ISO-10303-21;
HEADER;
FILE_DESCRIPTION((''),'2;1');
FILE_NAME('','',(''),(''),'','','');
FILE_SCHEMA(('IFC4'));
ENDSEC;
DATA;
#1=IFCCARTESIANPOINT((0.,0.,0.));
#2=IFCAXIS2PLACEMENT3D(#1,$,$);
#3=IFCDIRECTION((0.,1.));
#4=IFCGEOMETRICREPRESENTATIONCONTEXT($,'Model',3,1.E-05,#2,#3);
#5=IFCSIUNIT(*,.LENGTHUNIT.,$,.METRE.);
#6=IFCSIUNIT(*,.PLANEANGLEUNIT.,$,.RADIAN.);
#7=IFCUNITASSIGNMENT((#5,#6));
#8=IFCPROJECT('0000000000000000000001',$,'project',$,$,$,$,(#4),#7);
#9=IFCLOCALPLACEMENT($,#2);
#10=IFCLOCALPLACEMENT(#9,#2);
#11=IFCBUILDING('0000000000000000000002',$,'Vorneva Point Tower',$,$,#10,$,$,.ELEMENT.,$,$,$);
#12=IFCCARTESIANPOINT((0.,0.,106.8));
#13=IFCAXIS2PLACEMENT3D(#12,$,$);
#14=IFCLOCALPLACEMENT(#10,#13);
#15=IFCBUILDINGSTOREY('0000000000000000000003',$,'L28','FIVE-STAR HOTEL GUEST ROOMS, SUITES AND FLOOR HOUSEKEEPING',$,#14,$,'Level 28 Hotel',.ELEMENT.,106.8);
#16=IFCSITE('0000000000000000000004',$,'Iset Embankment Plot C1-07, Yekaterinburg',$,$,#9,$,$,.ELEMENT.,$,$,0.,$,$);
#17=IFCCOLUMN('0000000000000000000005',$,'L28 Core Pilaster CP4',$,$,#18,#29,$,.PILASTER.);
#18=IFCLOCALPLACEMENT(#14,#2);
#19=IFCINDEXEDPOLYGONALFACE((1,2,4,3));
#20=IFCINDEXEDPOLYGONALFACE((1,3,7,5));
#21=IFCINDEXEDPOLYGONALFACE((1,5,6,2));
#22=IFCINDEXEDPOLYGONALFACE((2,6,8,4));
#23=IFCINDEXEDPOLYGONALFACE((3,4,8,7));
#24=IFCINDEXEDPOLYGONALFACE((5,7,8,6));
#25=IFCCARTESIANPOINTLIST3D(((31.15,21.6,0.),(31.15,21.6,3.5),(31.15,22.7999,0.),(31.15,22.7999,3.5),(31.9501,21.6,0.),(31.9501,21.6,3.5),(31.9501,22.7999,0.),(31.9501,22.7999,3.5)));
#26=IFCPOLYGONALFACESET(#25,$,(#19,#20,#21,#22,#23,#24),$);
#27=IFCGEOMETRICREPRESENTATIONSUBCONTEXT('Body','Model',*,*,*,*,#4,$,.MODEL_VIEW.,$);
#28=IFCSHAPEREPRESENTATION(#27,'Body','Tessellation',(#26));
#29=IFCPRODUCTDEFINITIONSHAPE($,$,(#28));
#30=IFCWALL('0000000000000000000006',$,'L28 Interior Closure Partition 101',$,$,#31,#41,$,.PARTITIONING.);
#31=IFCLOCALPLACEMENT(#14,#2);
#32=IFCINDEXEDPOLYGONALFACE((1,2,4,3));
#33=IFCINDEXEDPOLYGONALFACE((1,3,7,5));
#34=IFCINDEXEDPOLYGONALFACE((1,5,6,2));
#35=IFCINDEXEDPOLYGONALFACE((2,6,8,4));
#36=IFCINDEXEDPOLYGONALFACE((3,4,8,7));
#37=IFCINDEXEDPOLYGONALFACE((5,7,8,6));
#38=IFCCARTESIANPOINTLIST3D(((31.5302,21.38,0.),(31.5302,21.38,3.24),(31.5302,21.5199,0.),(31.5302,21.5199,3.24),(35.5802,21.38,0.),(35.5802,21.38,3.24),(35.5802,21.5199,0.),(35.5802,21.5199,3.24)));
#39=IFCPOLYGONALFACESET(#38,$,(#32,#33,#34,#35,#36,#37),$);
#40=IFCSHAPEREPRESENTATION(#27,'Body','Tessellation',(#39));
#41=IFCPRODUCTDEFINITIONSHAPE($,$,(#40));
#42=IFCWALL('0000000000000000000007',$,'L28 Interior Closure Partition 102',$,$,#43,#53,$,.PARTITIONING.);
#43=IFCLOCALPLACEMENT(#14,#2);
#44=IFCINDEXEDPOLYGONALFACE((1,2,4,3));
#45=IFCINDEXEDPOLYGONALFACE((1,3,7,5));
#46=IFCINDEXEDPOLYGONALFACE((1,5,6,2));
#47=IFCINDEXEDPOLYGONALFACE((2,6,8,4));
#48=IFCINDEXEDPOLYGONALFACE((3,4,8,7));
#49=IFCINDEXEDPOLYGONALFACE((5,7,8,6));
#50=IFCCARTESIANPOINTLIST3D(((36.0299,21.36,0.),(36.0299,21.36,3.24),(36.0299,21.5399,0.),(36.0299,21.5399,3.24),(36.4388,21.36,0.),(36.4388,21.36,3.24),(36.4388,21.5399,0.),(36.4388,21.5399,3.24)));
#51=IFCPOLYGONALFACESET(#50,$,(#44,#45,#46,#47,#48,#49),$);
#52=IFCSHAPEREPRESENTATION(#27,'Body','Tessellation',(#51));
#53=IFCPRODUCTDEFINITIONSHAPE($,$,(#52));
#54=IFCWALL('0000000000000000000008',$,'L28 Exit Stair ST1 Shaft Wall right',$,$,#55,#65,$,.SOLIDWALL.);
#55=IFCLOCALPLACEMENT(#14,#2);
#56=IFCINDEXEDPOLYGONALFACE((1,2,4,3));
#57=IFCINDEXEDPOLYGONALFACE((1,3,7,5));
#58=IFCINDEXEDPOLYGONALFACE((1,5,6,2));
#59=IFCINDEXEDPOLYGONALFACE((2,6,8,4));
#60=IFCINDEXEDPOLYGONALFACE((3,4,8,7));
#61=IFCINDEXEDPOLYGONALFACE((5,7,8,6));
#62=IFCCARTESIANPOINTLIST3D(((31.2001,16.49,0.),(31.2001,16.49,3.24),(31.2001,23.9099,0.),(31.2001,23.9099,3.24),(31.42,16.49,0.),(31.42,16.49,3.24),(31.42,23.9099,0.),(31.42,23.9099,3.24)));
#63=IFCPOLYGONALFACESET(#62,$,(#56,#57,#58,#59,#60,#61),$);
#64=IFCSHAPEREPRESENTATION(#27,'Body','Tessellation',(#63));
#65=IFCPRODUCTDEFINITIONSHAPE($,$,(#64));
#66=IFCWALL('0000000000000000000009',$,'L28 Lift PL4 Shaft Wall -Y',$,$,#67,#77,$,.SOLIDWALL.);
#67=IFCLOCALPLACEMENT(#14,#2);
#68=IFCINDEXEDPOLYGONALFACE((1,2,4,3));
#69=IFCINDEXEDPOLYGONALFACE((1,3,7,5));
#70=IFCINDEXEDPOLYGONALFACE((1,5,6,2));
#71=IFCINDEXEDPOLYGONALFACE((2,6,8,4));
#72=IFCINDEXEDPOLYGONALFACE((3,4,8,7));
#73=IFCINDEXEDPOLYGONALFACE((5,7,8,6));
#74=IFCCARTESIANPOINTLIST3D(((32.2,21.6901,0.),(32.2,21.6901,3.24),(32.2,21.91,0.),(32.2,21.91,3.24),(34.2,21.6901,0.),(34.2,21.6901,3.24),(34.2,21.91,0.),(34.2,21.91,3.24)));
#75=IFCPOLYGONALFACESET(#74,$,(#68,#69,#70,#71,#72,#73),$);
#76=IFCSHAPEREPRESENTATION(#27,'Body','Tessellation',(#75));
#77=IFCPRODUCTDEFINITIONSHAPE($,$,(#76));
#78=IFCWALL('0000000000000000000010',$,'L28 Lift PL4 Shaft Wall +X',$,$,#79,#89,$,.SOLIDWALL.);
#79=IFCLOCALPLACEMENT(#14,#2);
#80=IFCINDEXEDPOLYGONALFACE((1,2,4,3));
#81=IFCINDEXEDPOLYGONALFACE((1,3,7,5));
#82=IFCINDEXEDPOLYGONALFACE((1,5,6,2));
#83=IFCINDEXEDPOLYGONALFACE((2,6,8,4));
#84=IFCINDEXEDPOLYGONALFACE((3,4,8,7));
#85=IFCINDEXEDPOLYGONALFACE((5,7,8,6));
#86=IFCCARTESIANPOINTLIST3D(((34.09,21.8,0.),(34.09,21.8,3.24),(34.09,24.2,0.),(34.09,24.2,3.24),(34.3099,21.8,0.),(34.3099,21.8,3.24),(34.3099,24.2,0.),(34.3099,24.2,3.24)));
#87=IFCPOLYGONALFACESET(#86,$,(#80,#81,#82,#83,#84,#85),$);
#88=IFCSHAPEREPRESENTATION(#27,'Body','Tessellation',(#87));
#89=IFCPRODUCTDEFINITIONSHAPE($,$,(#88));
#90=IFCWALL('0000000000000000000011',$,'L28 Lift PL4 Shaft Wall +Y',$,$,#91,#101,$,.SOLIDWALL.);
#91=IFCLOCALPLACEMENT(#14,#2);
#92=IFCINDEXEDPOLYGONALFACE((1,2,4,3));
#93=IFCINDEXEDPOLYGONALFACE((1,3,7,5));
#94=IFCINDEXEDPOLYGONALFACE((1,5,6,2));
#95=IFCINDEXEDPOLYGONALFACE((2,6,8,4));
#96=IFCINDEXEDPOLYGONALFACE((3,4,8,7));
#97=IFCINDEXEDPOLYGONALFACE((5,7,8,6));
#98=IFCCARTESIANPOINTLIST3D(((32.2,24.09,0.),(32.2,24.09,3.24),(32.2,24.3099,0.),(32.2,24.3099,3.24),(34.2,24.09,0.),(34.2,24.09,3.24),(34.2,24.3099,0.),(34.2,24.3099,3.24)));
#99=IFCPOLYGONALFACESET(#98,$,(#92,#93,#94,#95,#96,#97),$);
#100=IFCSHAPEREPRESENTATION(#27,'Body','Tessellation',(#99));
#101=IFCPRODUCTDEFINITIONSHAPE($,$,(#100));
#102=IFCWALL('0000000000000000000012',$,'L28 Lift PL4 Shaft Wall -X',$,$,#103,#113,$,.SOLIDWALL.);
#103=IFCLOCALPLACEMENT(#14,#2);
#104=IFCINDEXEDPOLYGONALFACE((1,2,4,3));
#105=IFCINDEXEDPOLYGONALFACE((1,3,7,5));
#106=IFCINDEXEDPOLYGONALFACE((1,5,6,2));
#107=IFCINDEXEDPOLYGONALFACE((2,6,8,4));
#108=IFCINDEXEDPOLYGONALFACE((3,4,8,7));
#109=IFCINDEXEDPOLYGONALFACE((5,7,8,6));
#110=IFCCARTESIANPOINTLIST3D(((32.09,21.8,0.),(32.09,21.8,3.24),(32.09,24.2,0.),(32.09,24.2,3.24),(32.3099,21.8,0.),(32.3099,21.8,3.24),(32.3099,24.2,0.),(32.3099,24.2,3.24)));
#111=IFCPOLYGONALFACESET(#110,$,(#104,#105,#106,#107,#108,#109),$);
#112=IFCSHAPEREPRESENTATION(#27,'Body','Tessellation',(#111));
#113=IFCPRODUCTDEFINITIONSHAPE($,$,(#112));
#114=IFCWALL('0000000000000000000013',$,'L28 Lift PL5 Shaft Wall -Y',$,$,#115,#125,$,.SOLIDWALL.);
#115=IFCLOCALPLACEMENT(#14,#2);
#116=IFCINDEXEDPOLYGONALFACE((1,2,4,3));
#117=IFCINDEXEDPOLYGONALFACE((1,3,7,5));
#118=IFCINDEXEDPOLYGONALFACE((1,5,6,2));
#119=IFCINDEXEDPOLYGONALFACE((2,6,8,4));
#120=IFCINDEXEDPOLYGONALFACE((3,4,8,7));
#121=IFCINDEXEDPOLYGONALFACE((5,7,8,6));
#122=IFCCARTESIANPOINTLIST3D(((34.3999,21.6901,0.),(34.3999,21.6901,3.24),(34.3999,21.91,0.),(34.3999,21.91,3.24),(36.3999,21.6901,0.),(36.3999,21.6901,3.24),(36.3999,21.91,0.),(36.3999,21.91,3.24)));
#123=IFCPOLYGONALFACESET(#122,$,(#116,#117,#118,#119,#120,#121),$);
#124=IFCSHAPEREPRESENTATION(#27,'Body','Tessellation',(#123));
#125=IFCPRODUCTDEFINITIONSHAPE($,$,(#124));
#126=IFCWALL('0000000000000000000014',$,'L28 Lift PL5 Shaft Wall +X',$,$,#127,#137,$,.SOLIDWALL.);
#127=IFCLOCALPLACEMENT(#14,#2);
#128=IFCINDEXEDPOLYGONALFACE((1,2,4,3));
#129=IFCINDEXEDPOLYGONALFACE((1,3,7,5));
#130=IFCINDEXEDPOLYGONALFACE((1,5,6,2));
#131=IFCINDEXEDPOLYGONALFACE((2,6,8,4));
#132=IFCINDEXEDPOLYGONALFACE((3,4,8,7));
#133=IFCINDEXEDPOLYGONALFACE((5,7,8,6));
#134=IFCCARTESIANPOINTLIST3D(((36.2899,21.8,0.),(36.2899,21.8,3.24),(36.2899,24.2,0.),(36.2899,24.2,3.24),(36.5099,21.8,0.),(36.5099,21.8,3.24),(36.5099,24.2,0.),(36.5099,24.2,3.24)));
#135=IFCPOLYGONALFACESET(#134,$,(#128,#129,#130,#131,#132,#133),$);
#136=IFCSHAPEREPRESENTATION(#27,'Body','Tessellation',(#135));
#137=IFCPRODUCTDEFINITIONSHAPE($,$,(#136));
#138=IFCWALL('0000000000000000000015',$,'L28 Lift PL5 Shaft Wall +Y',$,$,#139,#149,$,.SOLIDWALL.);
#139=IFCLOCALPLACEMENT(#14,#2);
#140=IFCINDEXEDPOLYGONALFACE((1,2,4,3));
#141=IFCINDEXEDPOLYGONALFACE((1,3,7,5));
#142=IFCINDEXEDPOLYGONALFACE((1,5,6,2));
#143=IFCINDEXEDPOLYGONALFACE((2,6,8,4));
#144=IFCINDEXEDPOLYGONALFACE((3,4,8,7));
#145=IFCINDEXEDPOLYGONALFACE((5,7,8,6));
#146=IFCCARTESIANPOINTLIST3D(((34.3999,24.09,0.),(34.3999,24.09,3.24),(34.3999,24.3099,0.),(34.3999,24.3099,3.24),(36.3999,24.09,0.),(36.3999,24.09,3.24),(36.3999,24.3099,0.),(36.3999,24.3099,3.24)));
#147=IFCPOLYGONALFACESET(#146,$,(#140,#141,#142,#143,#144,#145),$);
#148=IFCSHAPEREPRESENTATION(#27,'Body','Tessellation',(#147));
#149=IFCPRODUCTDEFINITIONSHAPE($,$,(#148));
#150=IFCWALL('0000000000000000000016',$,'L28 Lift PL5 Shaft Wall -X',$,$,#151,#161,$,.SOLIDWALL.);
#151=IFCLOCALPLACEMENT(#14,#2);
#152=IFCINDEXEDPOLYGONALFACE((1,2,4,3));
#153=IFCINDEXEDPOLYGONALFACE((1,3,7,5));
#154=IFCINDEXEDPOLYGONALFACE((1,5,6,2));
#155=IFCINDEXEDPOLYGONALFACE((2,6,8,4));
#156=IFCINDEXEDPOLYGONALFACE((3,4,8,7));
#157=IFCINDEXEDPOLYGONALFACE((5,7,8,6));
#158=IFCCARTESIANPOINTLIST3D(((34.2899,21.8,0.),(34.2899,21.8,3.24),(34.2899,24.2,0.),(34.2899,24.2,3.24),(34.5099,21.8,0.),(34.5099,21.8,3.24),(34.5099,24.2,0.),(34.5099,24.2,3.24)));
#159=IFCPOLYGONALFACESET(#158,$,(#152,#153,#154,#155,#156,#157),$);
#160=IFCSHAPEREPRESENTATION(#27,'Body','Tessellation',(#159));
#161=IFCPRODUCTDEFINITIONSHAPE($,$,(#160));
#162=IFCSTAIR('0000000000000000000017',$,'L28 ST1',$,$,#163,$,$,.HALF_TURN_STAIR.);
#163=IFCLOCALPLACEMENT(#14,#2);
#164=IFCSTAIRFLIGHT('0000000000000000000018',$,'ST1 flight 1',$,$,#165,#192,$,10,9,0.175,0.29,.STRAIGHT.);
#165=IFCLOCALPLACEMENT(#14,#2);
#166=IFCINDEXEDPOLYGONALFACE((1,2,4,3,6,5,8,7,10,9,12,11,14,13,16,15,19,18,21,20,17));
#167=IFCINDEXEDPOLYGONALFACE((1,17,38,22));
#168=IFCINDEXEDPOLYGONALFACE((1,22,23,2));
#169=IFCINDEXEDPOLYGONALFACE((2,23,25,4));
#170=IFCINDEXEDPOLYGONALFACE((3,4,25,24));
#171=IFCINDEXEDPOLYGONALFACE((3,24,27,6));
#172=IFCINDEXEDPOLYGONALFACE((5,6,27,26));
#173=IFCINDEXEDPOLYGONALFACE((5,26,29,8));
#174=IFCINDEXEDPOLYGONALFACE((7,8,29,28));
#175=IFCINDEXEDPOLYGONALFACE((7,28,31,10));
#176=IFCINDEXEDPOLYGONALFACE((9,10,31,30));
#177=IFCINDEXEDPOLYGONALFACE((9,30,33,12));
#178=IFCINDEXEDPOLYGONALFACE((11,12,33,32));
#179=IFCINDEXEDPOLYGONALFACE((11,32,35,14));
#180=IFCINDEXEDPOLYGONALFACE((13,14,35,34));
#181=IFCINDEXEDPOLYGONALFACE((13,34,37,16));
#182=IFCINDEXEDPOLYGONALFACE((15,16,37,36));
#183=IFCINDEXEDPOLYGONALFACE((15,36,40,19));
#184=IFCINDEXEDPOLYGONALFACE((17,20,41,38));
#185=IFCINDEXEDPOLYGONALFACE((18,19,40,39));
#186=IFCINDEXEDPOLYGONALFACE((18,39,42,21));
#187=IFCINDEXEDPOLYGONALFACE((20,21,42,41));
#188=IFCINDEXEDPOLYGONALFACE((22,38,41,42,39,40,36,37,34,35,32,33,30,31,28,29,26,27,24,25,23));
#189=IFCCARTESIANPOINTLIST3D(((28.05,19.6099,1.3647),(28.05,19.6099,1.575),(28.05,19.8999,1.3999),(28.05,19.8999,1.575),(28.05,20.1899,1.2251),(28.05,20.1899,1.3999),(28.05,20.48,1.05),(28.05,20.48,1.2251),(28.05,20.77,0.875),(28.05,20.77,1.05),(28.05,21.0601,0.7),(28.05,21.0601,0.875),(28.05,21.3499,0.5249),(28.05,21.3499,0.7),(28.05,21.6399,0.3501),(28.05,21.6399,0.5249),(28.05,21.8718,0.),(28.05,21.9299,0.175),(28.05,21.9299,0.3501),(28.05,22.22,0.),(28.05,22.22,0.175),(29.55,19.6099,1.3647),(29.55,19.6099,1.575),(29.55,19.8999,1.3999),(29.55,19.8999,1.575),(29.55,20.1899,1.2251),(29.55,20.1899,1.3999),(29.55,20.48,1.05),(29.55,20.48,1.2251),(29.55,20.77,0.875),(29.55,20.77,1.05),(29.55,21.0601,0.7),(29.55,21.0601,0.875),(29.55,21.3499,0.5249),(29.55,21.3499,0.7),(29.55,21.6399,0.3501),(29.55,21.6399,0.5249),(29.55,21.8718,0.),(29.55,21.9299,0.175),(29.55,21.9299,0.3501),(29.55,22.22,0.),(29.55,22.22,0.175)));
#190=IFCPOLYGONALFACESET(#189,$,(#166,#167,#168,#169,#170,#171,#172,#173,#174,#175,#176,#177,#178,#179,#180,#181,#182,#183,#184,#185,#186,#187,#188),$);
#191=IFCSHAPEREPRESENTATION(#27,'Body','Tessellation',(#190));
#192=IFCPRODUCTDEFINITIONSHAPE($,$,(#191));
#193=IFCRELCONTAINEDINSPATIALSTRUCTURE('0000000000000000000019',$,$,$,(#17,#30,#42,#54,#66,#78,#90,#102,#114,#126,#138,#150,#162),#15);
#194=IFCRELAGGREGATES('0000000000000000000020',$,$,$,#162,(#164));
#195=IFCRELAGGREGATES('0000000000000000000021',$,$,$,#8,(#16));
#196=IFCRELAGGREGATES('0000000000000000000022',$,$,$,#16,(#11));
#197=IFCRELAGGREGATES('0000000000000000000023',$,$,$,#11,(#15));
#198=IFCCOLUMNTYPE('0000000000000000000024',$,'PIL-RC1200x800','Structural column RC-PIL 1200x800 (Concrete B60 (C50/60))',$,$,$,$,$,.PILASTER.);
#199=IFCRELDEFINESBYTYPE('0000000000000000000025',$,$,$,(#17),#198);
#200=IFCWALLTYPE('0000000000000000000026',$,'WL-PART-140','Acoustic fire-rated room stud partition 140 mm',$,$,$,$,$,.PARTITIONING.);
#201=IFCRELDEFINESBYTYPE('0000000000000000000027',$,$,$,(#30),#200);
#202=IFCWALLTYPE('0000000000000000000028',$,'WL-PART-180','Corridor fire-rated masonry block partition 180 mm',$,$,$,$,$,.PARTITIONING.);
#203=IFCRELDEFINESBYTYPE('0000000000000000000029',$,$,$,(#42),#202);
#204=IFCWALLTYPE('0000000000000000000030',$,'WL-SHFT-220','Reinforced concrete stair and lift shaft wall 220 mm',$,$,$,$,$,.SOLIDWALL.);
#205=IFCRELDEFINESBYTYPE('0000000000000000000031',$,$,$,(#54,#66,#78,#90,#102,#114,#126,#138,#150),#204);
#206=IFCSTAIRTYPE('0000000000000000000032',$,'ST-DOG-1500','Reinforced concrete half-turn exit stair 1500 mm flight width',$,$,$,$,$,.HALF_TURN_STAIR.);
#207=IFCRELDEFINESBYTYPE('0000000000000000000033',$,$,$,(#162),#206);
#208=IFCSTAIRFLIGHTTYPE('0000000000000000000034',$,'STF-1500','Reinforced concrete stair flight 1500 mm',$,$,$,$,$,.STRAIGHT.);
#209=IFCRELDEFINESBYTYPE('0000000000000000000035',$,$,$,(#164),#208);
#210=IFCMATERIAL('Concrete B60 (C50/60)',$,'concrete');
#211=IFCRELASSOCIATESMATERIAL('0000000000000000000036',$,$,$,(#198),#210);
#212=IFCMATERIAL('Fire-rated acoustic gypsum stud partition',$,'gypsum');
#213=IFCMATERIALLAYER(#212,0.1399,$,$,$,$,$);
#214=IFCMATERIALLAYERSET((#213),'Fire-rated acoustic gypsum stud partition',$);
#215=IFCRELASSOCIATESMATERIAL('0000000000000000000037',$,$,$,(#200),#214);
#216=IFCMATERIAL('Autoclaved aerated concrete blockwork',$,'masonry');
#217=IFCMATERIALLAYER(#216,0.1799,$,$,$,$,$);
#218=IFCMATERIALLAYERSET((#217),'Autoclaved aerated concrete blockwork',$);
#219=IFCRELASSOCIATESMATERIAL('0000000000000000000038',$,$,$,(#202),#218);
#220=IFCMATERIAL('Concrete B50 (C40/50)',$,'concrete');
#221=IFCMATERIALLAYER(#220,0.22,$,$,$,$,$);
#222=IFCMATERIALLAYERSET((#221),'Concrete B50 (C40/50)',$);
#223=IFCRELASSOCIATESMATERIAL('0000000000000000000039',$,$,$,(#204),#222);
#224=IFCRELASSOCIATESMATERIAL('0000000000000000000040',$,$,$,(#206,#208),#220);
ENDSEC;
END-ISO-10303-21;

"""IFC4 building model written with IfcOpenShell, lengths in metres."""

from ifc_helpers import new_model, si_unit, direction, frame, frame_2d, origin, origin_2d, place, context, subcontext, project, spatial, polyline, rectangle, outline, extrude, material, layer, layer_set, material_profile, profile_set, type_object, element, aggregate, save


model = new_model("IFC4")

# Units and contexts
model_context = context("Model", 3, precision=1e-05, world=origin(), true_north=direction((0.0, 1.0)))
body_context = subcontext(model_context, "Body", "Model", "MODEL_VIEW")
ifc_project = project(units=[si_unit("LENGTHUNIT", "METRE"), si_unit("PLANEANGLEUNIT", "RADIAN")], contexts=[model_context])

# Site, building, storey
site_placement = place(None, origin())
site = spatial("IfcSite", under=ifc_project, at=site_placement, Name="Iset Embankment Plot C1-07, Yekaterinburg", CompositionType="ELEMENT", RefElevation=0.0)
building_placement = place(site_placement, origin())
building = spatial("IfcBuilding", under=site, at=building_placement, Name="Vorneva Point Tower", CompositionType="ELEMENT")
storey_placement = place(building_placement, frame((0.0, 0.0, 106.8)))
storey = spatial("IfcBuildingStorey", under=building, at=storey_placement, Name="L28", Description="FIVE-STAR HOTEL GUEST ROOMS, SUITES AND FLOOR HOUSEKEEPING", LongName="Level 28 Hotel", CompositionType="ELEMENT", Elevation=106.8)

# Column
ifc_material_1 = material(Name="Concrete B60 (C50/60)", Category="concrete")
ifc_material_profile = material_profile(ifc_material_1, rectangle(XDim=0.8, YDim=1.2, at=origin_2d()), Name="RC-PIL 1200x800")
ifc_profile_set = profile_set([ifc_material_profile], Name="Concrete B60 (C50/60)")
column_type = type_object("IfcColumnType", Name="PIL-RC1200x800", Description="Structural column RC-PIL 1200x800 (Concrete B60 (C50/60))", PredefinedType="PILASTER", material=ifc_profile_set)
column_placement = place(storey_placement, frame((31.55, 22.2, 0.0), z_axis=(0.0, 0.0, 1.0), x_axis=(1.0, 0.0, 0.0)))
element("IfcColumn", 1, at=column_placement, inside=storey, type_object=column_type, Name="L28 Core Pilaster CP4", PredefinedType="PILASTER", context=body_context, shape_type="SweptSolid", body=[
    extrude(rectangle(XDim=0.8, YDim=1.2, at=origin_2d()), origin(), (0.0, 0.0, 1.0), 3.5),
])

# Wall
ifc_material_2 = material(Name="Fire-rated acoustic gypsum stud partition", Category="gypsum")
ifc_layer_1 = layer(ifc_material_2, 0.1399)
ifc_layer_set_1 = layer_set([ifc_layer_1], Name="Fire-rated acoustic gypsum stud partition")
wall_type_1 = type_object("IfcWallType", Name="WL-PART-140", Description="Acoustic fire-rated room stud partition 140 mm", PredefinedType="PARTITIONING", material=ifc_layer_set_1)
wall_1_placement = place(storey_placement, frame((35.5801, 21.45, 0.0), z_axis=(0.0, 0.0, 1.0), x_axis=(-1.0, 0.0, 0.0)))
element("IfcWall", 2, at=wall_1_placement, inside=storey, type_object=wall_type_1, Name="L28 Interior Closure Partition 101", PredefinedType="PARTITIONING", context=body_context, shape_type="SweptSolid", body=[
    extrude(rectangle(XDim=4.05, YDim=0.1399, at=frame_2d((2.0249, 0.0))), origin(), (0.0, 0.0, 1.0), 3.24),
])

# Shared definitions
ifc_material_3 = material(Name="Autoclaved aerated concrete blockwork", Category="masonry")
ifc_layer_2 = layer(ifc_material_3, 0.1799)
ifc_layer_set_2 = layer_set([ifc_layer_2], Name="Autoclaved aerated concrete blockwork")
wall_type_2 = type_object("IfcWallType", Name="WL-PART-180", Description="Corridor fire-rated masonry block partition 180 mm", PredefinedType="PARTITIONING", material=ifc_layer_set_2)

# Wall
wall_2_placement = place(storey_placement, frame((36.439, 21.45, 0.0), z_axis=(0.0, 0.0, 1.0), x_axis=(-1.0, 0.0, 0.0)))
element("IfcWall", 3, at=wall_2_placement, inside=storey, type_object=wall_type_2, Name="L28 Interior Closure Partition 102", PredefinedType="PARTITIONING", context=body_context, shape_type="SweptSolid", body=[
    extrude(rectangle(XDim=0.4089, YDim=0.1799, at=frame_2d((0.2046, 0.0))), origin(), (0.0, 0.0, 1.0), 3.24),
])

# Shared definitions
ifc_material_4 = material(Name="Concrete B50 (C40/50)", Category="concrete")
ifc_layer_3 = layer(ifc_material_4, 0.22)
ifc_layer_set_3 = layer_set([ifc_layer_3], Name="Concrete B50 (C40/50)")
wall_type_3 = type_object("IfcWallType", Name="WL-SHFT-220", Description="Reinforced concrete stair and lift shaft wall 220 mm", PredefinedType="SOLIDWALL", material=ifc_layer_set_3)

# Walls
wall_3_placement = place(storey_placement, frame((31.3101, 23.9099, 0.0), z_axis=(0.0, 0.0, 1.0), x_axis=(0.0, -1.0, 0.0)))
element("IfcWall", 4, at=wall_3_placement, inside=storey, type_object=wall_type_3, Name="L28 Exit Stair ST1 Shaft Wall right", PredefinedType="SOLIDWALL", context=body_context, shape_type="SweptSolid", body=[
    extrude(rectangle(XDim=7.4199, YDim=0.22, at=frame_2d((3.71, 0.0))), origin(), (0.0, 0.0, 1.0), 3.24),
])
wall_4_placement = place(storey_placement, frame((32.2, 21.8, 0.0), z_axis=(0.0, 0.0, 1.0), x_axis=(1.0, 0.0, 0.0)))
element("IfcWall", 5, at=wall_4_placement, inside=storey, type_object=wall_type_3, Name="L28 Lift PL4 Shaft Wall -Y", PredefinedType="SOLIDWALL", context=body_context, shape_type="SweptSolid", body=[
    extrude(rectangle(XDim=2.0, YDim=0.22, at=frame_2d((1.0, 0.0))), origin(), (0.0, 0.0, 1.0), 3.24),
])
wall_5_placement = place(storey_placement, frame((34.2, 21.8, 0.0), z_axis=(0.0, 0.0, 1.0), x_axis=(0.0, 1.0, 0.0)))
element("IfcWall", 6, at=wall_5_placement, inside=storey, type_object=wall_type_3, Name="L28 Lift PL4 Shaft Wall +X", PredefinedType="SOLIDWALL", context=body_context, shape_type="SweptSolid", body=[
    extrude(rectangle(XDim=2.3999, YDim=0.22, at=frame_2d((1.2, 0.0))), origin(), (0.0, 0.0, 1.0), 3.24),
])
wall_6_placement = place(storey_placement, frame((34.2, 24.2, 0.0), z_axis=(0.0, 0.0, 1.0), x_axis=(-1.0, 0.0, 0.0)))
element("IfcWall", 7, at=wall_6_placement, inside=storey, type_object=wall_type_3, Name="L28 Lift PL4 Shaft Wall +Y", PredefinedType="SOLIDWALL", context=body_context, shape_type="SweptSolid", body=[
    extrude(rectangle(XDim=2.0, YDim=0.22, at=frame_2d((1.0, 0.0))), origin(), (0.0, 0.0, 1.0), 3.24),
])
wall_7_placement = place(storey_placement, frame((32.2, 24.2, 0.0), z_axis=(0.0, 0.0, 1.0), x_axis=(0.0, -1.0, 0.0)))
element("IfcWall", 8, at=wall_7_placement, inside=storey, type_object=wall_type_3, Name="L28 Lift PL4 Shaft Wall -X", PredefinedType="SOLIDWALL", context=body_context, shape_type="SweptSolid", body=[
    extrude(rectangle(XDim=2.3999, YDim=0.22, at=frame_2d((1.2, 0.0))), origin(), (0.0, 0.0, 1.0), 3.24),
])
wall_8_placement = place(storey_placement, frame((34.3999, 21.8, 0.0), z_axis=(0.0, 0.0, 1.0), x_axis=(1.0, 0.0, 0.0)))
element("IfcWall", 9, at=wall_8_placement, inside=storey, type_object=wall_type_3, Name="L28 Lift PL5 Shaft Wall -Y", PredefinedType="SOLIDWALL", context=body_context, shape_type="SweptSolid", body=[
    extrude(rectangle(XDim=2.0, YDim=0.22, at=frame_2d((1.0, 0.0))), origin(), (0.0, 0.0, 1.0), 3.24),
])
wall_9_placement = place(storey_placement, frame((36.3999, 21.8, 0.0), z_axis=(0.0, 0.0, 1.0), x_axis=(0.0, 1.0, 0.0)))
element("IfcWall", 10, at=wall_9_placement, inside=storey, type_object=wall_type_3, Name="L28 Lift PL5 Shaft Wall +X", PredefinedType="SOLIDWALL", context=body_context, shape_type="SweptSolid", body=[
    extrude(rectangle(XDim=2.3999, YDim=0.22, at=frame_2d((1.2, 0.0))), origin(), (0.0, 0.0, 1.0), 3.24),
])
wall_10_placement = place(storey_placement, frame((36.3999, 24.2, 0.0), z_axis=(0.0, 0.0, 1.0), x_axis=(-1.0, 0.0, 0.0)))
element("IfcWall", 11, at=wall_10_placement, inside=storey, type_object=wall_type_3, Name="L28 Lift PL5 Shaft Wall +Y", PredefinedType="SOLIDWALL", context=body_context, shape_type="SweptSolid", body=[
    extrude(rectangle(XDim=2.0, YDim=0.22, at=frame_2d((1.0, 0.0))), origin(), (0.0, 0.0, 1.0), 3.24),
])
wall_11_placement = place(storey_placement, frame((34.3999, 24.2, 0.0), z_axis=(0.0, 0.0, 1.0), x_axis=(0.0, -1.0, 0.0)))
element("IfcWall", 12, at=wall_11_placement, inside=storey, type_object=wall_type_3, Name="L28 Lift PL5 Shaft Wall -X", PredefinedType="SOLIDWALL", context=body_context, shape_type="SweptSolid", body=[
    extrude(rectangle(XDim=2.3999, YDim=0.22, at=frame_2d((1.2, 0.0))), origin(), (0.0, 0.0, 1.0), 3.24),
])

# Stair, stair flight
stair_type = type_object("IfcStairType", Name="ST-DOG-1500", Description="Reinforced concrete half-turn exit stair 1500 mm flight width", PredefinedType="HALF_TURN_STAIR", material=ifc_material_4)
stair_placement = place(storey_placement, origin())
stair = element("IfcStair", 13, at=stair_placement, inside=storey, type_object=stair_type, Name="L28 ST1", PredefinedType="HALF_TURN_STAIR")
stair_flight_type = type_object("IfcStairFlightType", Name="STF-1500", Description="Reinforced concrete stair flight 1500 mm", PredefinedType="STRAIGHT", material=ifc_material_4)
stair_flight_1_placement = place(storey_placement, frame((28.8, 22.22, 0.0), z_axis=(0.0, 0.0, 1.0), x_axis=(0.0, -1.0, 0.0)))
stair_flight_1 = element("IfcStairFlight", 14, at=stair_flight_1_placement, type_object=stair_flight_type, Name="ST1 flight 1", NumberOfRisers=10, NumberOfTreads=9, PredefinedType="STRAIGHT", RiserHeight=0.175, TreadLength=0.29, context=body_context, shape_type="SweptSolid", body=[
    extrude(outline(polyline([(0.0, 0.0), (0.0, 0.175), (0.29, 0.175), (0.29, 0.3501), (0.5801, 0.3501), (0.5801, 0.5249), (0.8701, 0.5249), (0.8701, 0.7), (1.1599, 0.7), (1.1599, 0.875), (1.45, 0.875), (1.45, 1.05), (1.74, 1.05), (1.74, 1.2251), (2.03, 1.2251), (2.03, 1.3999), (2.3201, 1.3999), (2.3201, 1.575), (2.6101, 1.575), (2.6101, 1.75), (2.6101, 1.3647), (0.3481, 0.0), (0.0, 0.0)])), frame((0.0, 0.75, 0.0), z_axis=(0.0, -1.0, 0.0), x_axis=(1.0, 0.0, 0.0)), (0.0, 0.0, 1.0), 1.5),
])
aggregate(stair, [stair_flight_1])

save(model, "model.ifc")
